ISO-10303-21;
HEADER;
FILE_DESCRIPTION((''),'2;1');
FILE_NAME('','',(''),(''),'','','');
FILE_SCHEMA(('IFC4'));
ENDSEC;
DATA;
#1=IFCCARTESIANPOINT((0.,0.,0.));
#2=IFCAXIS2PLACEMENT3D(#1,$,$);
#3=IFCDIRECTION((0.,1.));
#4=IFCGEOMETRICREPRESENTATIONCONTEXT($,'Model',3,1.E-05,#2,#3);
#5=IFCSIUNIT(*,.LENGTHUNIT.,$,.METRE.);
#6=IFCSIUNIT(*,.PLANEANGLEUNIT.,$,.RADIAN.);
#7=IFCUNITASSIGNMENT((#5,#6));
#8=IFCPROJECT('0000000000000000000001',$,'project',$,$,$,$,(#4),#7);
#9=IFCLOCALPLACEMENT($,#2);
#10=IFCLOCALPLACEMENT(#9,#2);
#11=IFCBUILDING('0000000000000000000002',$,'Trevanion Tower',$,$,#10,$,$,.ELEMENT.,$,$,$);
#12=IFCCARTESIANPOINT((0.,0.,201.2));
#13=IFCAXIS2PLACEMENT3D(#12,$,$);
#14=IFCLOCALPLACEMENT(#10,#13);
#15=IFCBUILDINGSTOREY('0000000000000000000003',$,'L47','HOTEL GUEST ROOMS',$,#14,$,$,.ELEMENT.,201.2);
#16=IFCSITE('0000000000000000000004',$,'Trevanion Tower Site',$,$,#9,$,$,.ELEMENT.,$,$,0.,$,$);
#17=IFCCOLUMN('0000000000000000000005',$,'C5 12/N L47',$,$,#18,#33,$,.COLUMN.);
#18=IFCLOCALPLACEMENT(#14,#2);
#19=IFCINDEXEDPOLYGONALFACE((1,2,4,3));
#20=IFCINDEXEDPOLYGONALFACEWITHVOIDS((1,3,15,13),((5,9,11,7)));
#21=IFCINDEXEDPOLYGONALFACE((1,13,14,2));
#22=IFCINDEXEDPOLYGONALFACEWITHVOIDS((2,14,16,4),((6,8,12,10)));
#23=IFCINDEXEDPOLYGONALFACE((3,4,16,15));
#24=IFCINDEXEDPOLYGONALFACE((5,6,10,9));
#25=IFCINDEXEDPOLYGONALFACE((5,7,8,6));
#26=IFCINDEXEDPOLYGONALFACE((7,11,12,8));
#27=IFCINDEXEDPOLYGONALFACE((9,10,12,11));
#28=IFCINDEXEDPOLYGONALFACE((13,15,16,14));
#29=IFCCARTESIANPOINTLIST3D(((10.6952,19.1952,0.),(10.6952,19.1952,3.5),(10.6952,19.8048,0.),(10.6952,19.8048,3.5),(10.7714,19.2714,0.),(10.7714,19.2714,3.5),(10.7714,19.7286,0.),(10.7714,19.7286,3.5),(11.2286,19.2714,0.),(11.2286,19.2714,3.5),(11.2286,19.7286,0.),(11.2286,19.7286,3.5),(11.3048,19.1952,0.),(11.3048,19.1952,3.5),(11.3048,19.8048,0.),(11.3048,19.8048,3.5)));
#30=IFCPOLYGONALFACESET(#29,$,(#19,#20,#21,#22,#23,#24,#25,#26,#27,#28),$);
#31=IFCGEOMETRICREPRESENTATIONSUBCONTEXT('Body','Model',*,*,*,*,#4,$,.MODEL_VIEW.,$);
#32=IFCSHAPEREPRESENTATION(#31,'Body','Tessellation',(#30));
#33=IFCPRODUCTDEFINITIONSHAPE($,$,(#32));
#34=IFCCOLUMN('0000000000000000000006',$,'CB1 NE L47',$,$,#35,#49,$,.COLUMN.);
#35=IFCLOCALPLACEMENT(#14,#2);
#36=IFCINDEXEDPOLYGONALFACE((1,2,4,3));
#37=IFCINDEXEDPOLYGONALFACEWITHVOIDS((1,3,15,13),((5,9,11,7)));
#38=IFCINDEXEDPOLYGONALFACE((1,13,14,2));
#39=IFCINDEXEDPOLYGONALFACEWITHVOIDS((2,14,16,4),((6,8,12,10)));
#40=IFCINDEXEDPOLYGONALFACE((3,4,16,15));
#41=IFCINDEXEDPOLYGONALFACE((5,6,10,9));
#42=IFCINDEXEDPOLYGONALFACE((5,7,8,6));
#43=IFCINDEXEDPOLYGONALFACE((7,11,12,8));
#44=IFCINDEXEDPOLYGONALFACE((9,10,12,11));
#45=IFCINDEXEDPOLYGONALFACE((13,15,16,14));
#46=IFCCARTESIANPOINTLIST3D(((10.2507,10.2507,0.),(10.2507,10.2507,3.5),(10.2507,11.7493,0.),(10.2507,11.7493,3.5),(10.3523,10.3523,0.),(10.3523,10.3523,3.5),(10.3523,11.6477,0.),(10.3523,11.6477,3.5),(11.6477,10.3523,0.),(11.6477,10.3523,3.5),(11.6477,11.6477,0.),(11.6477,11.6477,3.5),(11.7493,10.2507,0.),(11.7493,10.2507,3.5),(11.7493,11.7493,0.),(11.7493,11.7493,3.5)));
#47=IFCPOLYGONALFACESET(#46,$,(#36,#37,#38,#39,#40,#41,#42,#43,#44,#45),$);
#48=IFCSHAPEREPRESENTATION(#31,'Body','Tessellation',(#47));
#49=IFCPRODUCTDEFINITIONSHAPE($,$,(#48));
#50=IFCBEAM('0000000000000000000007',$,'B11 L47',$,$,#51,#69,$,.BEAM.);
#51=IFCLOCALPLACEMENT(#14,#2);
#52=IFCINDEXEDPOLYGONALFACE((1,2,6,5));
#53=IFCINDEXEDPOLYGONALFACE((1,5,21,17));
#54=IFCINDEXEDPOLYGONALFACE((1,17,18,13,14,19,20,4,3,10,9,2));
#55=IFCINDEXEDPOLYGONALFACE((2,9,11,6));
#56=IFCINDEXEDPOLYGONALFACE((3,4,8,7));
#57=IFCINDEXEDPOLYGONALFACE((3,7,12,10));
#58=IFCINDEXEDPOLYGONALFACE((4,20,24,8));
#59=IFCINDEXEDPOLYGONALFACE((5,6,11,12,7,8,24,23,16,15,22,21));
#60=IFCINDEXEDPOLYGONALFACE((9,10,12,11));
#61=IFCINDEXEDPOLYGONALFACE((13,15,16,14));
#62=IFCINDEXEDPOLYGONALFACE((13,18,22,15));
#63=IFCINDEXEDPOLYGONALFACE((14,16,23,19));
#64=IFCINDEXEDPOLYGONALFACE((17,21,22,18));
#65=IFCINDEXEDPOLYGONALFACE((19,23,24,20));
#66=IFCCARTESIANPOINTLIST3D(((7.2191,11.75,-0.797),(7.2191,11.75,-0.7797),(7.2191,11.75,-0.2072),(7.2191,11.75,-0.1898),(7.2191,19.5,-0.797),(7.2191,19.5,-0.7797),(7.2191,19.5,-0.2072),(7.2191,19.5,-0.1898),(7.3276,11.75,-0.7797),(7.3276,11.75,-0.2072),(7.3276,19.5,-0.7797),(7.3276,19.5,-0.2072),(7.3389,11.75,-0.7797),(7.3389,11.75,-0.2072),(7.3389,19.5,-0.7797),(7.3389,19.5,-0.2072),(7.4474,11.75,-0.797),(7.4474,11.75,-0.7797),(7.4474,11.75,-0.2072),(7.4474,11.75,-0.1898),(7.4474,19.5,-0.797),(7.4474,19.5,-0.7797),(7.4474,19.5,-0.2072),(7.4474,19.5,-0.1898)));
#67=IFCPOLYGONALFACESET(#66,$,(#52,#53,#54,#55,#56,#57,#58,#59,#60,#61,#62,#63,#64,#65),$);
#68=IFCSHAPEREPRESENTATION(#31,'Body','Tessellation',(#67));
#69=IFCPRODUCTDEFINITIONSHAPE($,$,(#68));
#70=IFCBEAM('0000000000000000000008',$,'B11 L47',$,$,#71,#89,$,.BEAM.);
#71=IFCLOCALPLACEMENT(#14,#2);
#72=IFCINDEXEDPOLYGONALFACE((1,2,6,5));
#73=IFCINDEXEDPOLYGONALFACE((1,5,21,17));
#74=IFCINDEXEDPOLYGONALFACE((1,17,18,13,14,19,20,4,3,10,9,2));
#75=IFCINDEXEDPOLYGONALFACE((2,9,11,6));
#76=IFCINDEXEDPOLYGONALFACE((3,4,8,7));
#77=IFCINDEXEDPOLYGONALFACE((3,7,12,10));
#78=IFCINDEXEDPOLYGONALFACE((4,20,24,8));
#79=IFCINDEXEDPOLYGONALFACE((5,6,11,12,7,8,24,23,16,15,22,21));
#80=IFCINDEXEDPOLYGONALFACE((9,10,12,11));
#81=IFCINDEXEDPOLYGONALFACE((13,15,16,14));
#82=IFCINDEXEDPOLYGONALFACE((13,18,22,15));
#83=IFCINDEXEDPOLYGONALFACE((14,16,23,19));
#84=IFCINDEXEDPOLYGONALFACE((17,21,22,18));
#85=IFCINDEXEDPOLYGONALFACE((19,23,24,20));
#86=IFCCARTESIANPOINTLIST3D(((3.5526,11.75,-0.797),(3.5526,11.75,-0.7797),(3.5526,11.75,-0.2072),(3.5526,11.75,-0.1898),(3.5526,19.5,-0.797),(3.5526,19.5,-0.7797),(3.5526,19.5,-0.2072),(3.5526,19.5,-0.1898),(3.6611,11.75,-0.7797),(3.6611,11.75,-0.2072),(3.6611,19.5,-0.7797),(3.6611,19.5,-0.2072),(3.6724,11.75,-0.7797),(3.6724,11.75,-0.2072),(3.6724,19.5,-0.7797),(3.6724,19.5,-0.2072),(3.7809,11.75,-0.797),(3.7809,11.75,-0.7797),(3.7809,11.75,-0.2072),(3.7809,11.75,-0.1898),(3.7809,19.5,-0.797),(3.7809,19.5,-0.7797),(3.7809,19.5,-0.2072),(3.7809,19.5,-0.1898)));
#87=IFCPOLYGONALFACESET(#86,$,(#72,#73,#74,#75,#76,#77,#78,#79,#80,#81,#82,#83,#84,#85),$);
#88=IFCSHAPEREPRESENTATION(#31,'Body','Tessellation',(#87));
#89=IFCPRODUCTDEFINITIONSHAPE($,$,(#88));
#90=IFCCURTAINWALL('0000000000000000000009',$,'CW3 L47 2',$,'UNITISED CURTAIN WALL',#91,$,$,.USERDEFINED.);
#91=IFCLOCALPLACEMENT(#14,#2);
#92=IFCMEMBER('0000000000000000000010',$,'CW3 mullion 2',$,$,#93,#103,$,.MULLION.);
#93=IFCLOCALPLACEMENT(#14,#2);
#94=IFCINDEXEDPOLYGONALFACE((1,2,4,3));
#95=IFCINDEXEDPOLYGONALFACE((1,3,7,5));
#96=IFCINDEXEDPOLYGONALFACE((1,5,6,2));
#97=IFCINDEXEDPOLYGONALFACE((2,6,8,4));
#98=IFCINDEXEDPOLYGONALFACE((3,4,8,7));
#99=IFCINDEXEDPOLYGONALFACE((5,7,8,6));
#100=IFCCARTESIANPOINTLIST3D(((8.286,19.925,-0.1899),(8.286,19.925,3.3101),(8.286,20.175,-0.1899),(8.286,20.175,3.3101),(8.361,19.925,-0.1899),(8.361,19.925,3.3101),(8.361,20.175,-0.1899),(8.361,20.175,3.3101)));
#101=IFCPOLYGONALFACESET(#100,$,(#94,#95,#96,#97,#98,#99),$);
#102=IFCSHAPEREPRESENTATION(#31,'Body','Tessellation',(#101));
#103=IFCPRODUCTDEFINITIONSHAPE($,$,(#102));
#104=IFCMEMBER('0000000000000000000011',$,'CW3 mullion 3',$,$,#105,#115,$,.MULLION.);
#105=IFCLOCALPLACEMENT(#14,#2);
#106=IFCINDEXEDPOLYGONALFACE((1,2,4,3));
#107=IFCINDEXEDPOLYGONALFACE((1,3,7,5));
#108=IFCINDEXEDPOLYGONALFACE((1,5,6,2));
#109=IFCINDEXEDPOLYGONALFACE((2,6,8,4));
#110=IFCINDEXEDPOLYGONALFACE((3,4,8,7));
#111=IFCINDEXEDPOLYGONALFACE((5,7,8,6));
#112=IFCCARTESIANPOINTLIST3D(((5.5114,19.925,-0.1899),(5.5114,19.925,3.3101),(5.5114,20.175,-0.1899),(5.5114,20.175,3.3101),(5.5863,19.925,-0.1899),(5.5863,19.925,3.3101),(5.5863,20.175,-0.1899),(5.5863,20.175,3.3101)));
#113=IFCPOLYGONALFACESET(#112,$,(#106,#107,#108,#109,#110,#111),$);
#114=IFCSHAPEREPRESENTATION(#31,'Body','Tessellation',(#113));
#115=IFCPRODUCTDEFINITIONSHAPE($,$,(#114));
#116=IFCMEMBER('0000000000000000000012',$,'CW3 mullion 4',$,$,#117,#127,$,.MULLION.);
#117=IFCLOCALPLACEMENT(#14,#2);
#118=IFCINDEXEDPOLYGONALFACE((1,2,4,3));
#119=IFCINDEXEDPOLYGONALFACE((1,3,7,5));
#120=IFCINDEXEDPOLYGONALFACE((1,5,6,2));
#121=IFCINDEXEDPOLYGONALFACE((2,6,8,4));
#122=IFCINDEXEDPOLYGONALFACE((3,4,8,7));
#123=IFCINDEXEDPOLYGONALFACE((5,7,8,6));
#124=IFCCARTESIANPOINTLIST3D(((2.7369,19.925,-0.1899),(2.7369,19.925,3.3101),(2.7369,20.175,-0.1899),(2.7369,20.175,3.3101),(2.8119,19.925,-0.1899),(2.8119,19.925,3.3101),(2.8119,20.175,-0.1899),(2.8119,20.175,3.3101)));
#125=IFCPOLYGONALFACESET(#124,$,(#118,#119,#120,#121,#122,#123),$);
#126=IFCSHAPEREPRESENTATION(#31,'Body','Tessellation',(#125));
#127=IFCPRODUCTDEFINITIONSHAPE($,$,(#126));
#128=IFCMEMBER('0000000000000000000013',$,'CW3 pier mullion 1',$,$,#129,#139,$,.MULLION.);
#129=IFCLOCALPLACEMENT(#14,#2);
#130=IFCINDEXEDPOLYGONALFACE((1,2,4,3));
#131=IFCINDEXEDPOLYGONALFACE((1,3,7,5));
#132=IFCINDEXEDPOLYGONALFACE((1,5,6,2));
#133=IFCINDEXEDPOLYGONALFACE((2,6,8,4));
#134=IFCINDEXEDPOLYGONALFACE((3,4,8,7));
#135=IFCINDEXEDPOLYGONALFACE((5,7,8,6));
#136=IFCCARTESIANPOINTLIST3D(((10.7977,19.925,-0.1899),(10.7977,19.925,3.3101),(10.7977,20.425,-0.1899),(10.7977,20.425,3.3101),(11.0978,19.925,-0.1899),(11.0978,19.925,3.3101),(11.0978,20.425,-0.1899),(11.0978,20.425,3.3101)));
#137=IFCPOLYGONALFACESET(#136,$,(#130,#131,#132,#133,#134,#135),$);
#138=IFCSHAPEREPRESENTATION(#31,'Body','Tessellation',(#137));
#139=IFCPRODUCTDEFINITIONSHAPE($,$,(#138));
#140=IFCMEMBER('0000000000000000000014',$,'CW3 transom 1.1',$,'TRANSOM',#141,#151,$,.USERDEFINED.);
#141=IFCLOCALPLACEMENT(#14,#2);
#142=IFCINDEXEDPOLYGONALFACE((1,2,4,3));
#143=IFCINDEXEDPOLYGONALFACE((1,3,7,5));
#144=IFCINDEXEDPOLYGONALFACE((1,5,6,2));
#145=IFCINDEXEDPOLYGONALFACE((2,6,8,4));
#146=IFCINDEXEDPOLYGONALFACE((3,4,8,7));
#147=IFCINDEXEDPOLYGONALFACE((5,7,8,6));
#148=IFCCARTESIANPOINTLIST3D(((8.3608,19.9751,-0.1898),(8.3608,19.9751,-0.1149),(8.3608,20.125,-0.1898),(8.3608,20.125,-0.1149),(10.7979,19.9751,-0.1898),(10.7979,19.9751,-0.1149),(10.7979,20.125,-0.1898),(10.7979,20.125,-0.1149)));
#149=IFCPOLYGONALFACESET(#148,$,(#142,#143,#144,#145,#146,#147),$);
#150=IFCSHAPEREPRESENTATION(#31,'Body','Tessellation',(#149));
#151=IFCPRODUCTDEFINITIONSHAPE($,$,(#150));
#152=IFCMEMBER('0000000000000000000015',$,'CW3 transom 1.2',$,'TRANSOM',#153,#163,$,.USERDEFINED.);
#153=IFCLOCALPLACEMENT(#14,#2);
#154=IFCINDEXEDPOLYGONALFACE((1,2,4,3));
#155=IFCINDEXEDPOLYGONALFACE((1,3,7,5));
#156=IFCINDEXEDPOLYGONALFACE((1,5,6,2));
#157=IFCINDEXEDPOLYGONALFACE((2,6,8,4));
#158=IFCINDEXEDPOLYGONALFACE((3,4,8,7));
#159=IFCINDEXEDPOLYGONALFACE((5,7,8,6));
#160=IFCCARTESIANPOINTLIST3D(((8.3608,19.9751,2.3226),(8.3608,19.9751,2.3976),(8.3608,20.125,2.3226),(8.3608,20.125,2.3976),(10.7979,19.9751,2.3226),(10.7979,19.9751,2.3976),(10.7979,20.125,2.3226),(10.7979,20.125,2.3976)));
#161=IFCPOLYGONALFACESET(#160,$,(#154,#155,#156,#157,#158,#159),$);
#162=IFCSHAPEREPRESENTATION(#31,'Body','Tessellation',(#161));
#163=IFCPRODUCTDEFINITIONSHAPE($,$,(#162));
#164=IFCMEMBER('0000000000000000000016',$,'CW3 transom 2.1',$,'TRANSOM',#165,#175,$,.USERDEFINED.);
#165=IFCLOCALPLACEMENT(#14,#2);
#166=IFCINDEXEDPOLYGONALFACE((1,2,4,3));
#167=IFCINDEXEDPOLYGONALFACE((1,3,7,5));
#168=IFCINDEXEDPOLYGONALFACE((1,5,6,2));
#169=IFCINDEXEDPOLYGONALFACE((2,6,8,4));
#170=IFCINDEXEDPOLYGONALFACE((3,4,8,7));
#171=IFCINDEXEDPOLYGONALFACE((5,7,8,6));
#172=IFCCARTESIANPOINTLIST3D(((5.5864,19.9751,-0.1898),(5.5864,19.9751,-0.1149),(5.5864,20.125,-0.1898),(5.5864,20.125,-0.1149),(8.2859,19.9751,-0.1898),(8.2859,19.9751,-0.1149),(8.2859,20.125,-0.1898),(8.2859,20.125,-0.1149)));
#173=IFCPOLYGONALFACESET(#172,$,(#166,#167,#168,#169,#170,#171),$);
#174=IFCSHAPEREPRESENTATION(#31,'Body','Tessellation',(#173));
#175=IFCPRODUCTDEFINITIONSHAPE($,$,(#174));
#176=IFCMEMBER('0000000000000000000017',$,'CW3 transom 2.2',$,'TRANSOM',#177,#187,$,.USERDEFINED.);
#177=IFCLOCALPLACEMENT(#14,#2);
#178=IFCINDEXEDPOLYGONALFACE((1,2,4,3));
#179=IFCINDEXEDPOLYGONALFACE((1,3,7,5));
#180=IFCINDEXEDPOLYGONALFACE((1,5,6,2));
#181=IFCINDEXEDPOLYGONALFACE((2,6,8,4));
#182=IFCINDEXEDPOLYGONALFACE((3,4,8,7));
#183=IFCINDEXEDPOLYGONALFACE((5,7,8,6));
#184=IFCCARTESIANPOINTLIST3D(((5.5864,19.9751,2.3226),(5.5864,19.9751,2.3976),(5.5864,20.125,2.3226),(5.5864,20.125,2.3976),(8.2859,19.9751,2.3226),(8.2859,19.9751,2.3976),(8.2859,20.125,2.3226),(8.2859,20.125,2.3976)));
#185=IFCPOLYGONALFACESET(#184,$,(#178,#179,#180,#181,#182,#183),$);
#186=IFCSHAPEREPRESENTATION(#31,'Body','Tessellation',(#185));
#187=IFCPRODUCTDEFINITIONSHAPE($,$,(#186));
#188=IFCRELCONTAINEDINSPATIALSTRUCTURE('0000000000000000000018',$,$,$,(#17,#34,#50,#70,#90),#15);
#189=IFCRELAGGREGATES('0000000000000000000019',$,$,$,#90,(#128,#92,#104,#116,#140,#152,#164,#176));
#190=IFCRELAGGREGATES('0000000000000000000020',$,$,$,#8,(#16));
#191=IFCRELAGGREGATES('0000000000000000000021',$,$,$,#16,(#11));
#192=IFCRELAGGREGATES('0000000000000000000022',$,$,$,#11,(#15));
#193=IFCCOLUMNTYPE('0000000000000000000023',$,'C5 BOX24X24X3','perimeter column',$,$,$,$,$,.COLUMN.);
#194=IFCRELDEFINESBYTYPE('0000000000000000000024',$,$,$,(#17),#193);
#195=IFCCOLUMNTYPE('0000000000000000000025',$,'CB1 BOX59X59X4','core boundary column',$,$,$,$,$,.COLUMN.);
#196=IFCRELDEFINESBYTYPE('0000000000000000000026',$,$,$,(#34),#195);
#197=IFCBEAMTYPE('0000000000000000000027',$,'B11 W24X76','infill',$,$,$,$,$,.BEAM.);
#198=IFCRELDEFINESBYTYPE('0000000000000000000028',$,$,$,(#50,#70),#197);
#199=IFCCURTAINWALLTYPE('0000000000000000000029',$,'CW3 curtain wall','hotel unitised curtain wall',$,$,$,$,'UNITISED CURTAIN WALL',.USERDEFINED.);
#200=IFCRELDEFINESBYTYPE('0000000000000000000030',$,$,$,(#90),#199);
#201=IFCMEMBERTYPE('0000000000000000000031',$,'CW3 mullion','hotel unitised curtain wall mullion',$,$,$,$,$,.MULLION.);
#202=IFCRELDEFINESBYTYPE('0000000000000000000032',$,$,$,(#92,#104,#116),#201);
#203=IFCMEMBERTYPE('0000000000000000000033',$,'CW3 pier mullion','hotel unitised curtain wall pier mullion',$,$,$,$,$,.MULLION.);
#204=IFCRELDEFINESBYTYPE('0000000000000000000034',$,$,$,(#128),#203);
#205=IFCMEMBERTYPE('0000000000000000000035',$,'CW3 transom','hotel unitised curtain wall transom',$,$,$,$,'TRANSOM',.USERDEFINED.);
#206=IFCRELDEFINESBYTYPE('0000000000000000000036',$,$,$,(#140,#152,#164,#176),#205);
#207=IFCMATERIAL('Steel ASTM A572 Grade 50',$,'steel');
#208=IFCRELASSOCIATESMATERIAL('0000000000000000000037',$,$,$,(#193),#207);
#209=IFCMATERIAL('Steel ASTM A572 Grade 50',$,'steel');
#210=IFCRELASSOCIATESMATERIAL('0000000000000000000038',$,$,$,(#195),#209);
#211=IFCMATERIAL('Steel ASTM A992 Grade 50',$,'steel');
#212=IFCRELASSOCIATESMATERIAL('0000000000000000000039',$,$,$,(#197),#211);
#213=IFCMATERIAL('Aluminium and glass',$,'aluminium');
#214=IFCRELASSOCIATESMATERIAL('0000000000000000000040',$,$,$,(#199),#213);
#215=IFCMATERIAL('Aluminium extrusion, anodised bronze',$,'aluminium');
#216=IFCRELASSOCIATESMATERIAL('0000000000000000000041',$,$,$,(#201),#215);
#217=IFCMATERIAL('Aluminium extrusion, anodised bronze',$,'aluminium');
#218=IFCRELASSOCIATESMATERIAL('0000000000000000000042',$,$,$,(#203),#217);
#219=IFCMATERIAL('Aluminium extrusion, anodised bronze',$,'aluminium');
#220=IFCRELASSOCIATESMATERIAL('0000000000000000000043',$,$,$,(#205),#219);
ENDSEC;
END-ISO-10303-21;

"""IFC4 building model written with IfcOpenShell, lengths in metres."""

from ifc_helpers import new_model, si_unit, direction, frame, origin, origin_2d, place, context, subcontext, project, spatial, rectangle, hollow_rectangle, i_section, extrude, material, material_profile, profile_set, type_object, element, aggregate, save


model = new_model("IFC4")

# Units and contexts
model_context = context("Model", 3, precision=1e-05, world=origin(), true_north=direction((0.0, 1.0)))
body_context = subcontext(model_context, "Body", "Model", "MODEL_VIEW")
ifc_project = project(units=[si_unit("LENGTHUNIT", "METRE"), si_unit("PLANEANGLEUNIT", "RADIAN")], contexts=[model_context])

# Site, building, storey
site_placement = place(None, origin())
site = spatial("IfcSite", under=ifc_project, at=site_placement, Name="Trevanion Tower Site", CompositionType="ELEMENT", RefElevation=0.0)
building_placement = place(site_placement, origin())
building = spatial("IfcBuilding", under=site, at=building_placement, Name="Trevanion Tower", CompositionType="ELEMENT")
storey_placement = place(building_placement, frame((0.0, 0.0, 201.2)))
storey = spatial("IfcBuildingStorey", under=building, at=storey_placement, Name="L47", Description="HOTEL GUEST ROOMS", CompositionType="ELEMENT", Elevation=201.2)

# Columns
ifc_material_1 = material(Name="Steel ASTM A572 Grade 50", Category="steel")
ifc_material_profile_1 = material_profile(ifc_material_1, hollow_rectangle(XDim=0.6096, YDim=0.6096, WallThickness=0.0762, at=origin_2d()), Name="BOX24X24X3")
ifc_profile_set_1 = profile_set([ifc_material_profile_1], Name="Steel ASTM A572 Grade 50")
column_type_1 = type_object("IfcColumnType", Name="C5 BOX24X24X3", Description="perimeter column", PredefinedType="COLUMN", material=ifc_profile_set_1)
column_1_placement = place(storey_placement, frame((11.0, 19.5, 0.0), z_axis=(0.0, 0.0, 1.0), x_axis=(1.0, 0.0, 0.0)))
element("IfcColumn", 1, at=column_1_placement, inside=storey, type_object=column_type_1, Name="C5 12/N L47", PredefinedType="COLUMN", context=body_context, shape_type="SweptSolid", body=[
    extrude(hollow_rectangle(XDim=0.6096, YDim=0.6096, WallThickness=0.0762, at=origin_2d()), origin(), (0.0, 0.0, 1.0), 3.5),
])
ifc_material_2 = material(Name="Steel ASTM A572 Grade 50", Category="steel")
ifc_material_profile_2 = material_profile(ifc_material_2, hollow_rectangle(XDim=1.4985, YDim=1.4985, WallThickness=0.1016, at=origin_2d()), Name="BOX59X59X4")
ifc_profile_set_2 = profile_set([ifc_material_profile_2], Name="Steel ASTM A572 Grade 50")
column_type_2 = type_object("IfcColumnType", Name="CB1 BOX59X59X4", Description="core boundary column", PredefinedType="COLUMN", material=ifc_profile_set_2)
column_2_placement = place(storey_placement, frame((11.0, 11.0, 0.0), z_axis=(0.0, 0.0, 1.0), x_axis=(1.0, 0.0, 0.0)))
element("IfcColumn", 2, at=column_2_placement, inside=storey, type_object=column_type_2, Name="CB1 NE L47", PredefinedType="COLUMN", context=body_context, shape_type="SweptSolid", body=[
    extrude(hollow_rectangle(XDim=1.4985, YDim=1.4985, WallThickness=0.1016, at=origin_2d()), origin(), (0.0, 0.0, 1.0), 3.5),
])

# Beams
ifc_material_3 = material(Name="Steel ASTM A992 Grade 50", Category="steel")
ifc_material_profile_3 = material_profile(ifc_material_3, i_section(OverallWidth=0.2283, OverallDepth=0.6072, WebThickness=0.0112, FlangeThickness=0.0173, at=origin_2d()), Name="W24X76")
ifc_profile_set_3 = profile_set([ifc_material_profile_3], Name="Steel ASTM A992 Grade 50")
beam_type_1 = type_object("IfcBeamType", Name="B11 W24X76", Description="infill", PredefinedType="BEAM", material=ifc_profile_set_3)
for number, where, z_axis, x_axis, name in (
    (3, (7.3333, 11.75, -0.4934), (0.0, 1.0, 0.0), (-1.0, 0.0, 0.0), "B11 L47"),
    (4, (3.6667, 11.75, -0.4934), (0.0, 1.0, 0.0), (-1.0, 0.0, 0.0), "B11 L47"),
):
    element("IfcBeam", number, at=place(storey_placement, frame(where, z_axis=z_axis, x_axis=x_axis)), inside=storey, type_object=beam_type_1, Name=name, PredefinedType="BEAM", context=body_context, shape_type="SweptSolid", body=[
        extrude(i_section(OverallWidth=0.2283, OverallDepth=0.6072, WebThickness=0.0112, FlangeThickness=0.0173, at=origin_2d()), origin(), (0.0, 0.0, 1.0), 7.75),
    ])

# Curtain wall, members
ifc_material_4 = material(Name="Aluminium and glass", Category="aluminium")
curtain_wall_type = type_object("IfcCurtainWallType", Name="CW3 curtain wall", Description="hotel unitised curtain wall", ElementType="UNITISED CURTAIN WALL", PredefinedType="USERDEFINED", material=ifc_material_4)
curtain_wall_placement = place(storey_placement, origin())
curtain_wall = element("IfcCurtainWall", 5, at=curtain_wall_placement, inside=storey, type_object=curtain_wall_type, Name="CW3 L47 2", ObjectType="UNITISED CURTAIN WALL", PredefinedType="USERDEFINED")
ifc_material_5 = material(Name="Aluminium extrusion, anodised bronze", Category="aluminium")
ifc_material_profile_4 = material_profile(ifc_material_5, rectangle(XDim=0.075, YDim=0.25, at=origin_2d()), Name="CW3 mullion")
ifc_profile_set_4 = profile_set([ifc_material_profile_4], Name="Aluminium extrusion, anodised bronze")
member_type_1 = type_object("IfcMemberType", Name="CW3 mullion", Description="hotel unitised curtain wall mullion", PredefinedType="MULLION", material=ifc_profile_set_4)
member_1_placement = place(storey_placement, frame((8.3235, 20.05, -0.1899), z_axis=(0.0, 0.0, 1.0), x_axis=(-1.0, 0.0, 0.0)))
member_1 = element("IfcMember", 6, at=member_1_placement, type_object=member_type_1, Name="CW3 mullion 2", PredefinedType="MULLION", context=body_context, shape_type="SweptSolid", body=[
    extrude(rectangle(XDim=0.075, YDim=0.25, at=origin_2d()), origin(), (0.0, 0.0, 1.0), 3.5),
])
member_2_placement = place(storey_placement, frame((5.5488, 20.05, -0.1899), z_axis=(0.0, 0.0, 1.0), x_axis=(-1.0, 0.0, 0.0)))
member_2 = element("IfcMember", 7, at=member_2_placement, type_object=member_type_1, Name="CW3 mullion 3", PredefinedType="MULLION", context=body_context, shape_type="SweptSolid", body=[
    extrude(rectangle(XDim=0.075, YDim=0.25, at=origin_2d()), origin(), (0.0, 0.0, 1.0), 3.5),
])
member_3_placement = place(storey_placement, frame((2.7744, 20.05, -0.1899), z_axis=(0.0, 0.0, 1.0), x_axis=(-1.0, 0.0, 0.0)))
member_3 = element("IfcMember", 8, at=member_3_placement, type_object=member_type_1, Name="CW3 mullion 4", PredefinedType="MULLION", context=body_context, shape_type="SweptSolid", body=[
    extrude(rectangle(XDim=0.075, YDim=0.25, at=origin_2d()), origin(), (0.0, 0.0, 1.0), 3.5),
])
ifc_material_6 = material(Name="Aluminium extrusion, anodised bronze", Category="aluminium")
ifc_material_profile_5 = material_profile(ifc_material_6, rectangle(XDim=0.3, YDim=0.5, at=origin_2d()), Name="CW3 pier mullion")
ifc_profile_set_5 = profile_set([ifc_material_profile_5], Name="Aluminium extrusion, anodised bronze")
member_type_2 = type_object("IfcMemberType", Name="CW3 pier mullion", Description="hotel unitised curtain wall pier mullion", PredefinedType="MULLION", material=ifc_profile_set_5)
member_4_placement = place(storey_placement, frame((10.9478, 20.175, -0.1899), z_axis=(0.0, 0.0, 1.0), x_axis=(-1.0, 0.0, 0.0)))
member_4 = element("IfcMember", 9, at=member_4_placement, type_object=member_type_2, Name="CW3 pier mullion 1", PredefinedType="MULLION", context=body_context, shape_type="SweptSolid", body=[
    extrude(rectangle(XDim=0.3, YDim=0.5, at=origin_2d()), origin(), (0.0, 0.0, 1.0), 3.5),
])
ifc_material_7 = material(Name="Aluminium extrusion, anodised bronze", Category="aluminium")
ifc_material_profile_6 = material_profile(ifc_material_7, rectangle(XDim=0.1499, YDim=0.075, at=origin_2d()), Name="CW3 transom")
ifc_profile_set_6 = profile_set([ifc_material_profile_6], Name="Aluminium extrusion, anodised bronze")
member_type_3 = type_object("IfcMemberType", Name="CW3 transom", Description="hotel unitised curtain wall transom", ElementType="TRANSOM", PredefinedType="USERDEFINED", material=ifc_profile_set_6)
member_5_placement = place(storey_placement, frame((10.7979, 20.05, -0.1523), z_axis=(-1.0, 0.0, 0.0), x_axis=(0.0, -1.0, 0.0)))
member_5 = element("IfcMember", 10, at=member_5_placement, type_object=member_type_3, Name="CW3 transom 1.1", ObjectType="TRANSOM", PredefinedType="USERDEFINED", context=body_context, shape_type="SweptSolid", body=[
    extrude(rectangle(XDim=0.1499, YDim=0.075, at=origin_2d()), origin(), (0.0, 0.0, 1.0), 2.437),
])
member_6_placement = place(storey_placement, frame((10.7979, 20.05, 2.3601), z_axis=(-1.0, 0.0, 0.0), x_axis=(0.0, -1.0, 0.0)))
member_6 = element("IfcMember", 11, at=member_6_placement, type_object=member_type_3, Name="CW3 transom 1.2", ObjectType="TRANSOM", PredefinedType="USERDEFINED", context=body_context, shape_type="SweptSolid", body=[
    extrude(rectangle(XDim=0.1499, YDim=0.075, at=origin_2d()), origin(), (0.0, 0.0, 1.0), 2.437),
])
member_7_placement = place(storey_placement, frame((8.2859, 20.05, -0.1523), z_axis=(-1.0, 0.0, 0.0), x_axis=(0.0, -1.0, 0.0)))
member_7 = element("IfcMember", 12, at=member_7_placement, type_object=member_type_3, Name="CW3 transom 2.1", ObjectType="TRANSOM", PredefinedType="USERDEFINED", context=body_context, shape_type="SweptSolid", body=[
    extrude(rectangle(XDim=0.1499, YDim=0.075, at=origin_2d()), origin(), (0.0, 0.0, 1.0), 2.6995),
])
member_8_placement = place(storey_placement, frame((8.2859, 20.05, 2.3601), z_axis=(-1.0, 0.0, 0.0), x_axis=(0.0, -1.0, 0.0)))
member_8 = element("IfcMember", 13, at=member_8_placement, type_object=member_type_3, Name="CW3 transom 2.2", ObjectType="TRANSOM", PredefinedType="USERDEFINED", context=body_context, shape_type="SweptSolid", body=[
    extrude(rectangle(XDim=0.1499, YDim=0.075, at=origin_2d()), origin(), (0.0, 0.0, 1.0), 2.6995),
])

aggregate(curtain_wall, [member_4, member_1, member_2, member_3, member_5, member_6, member_7, member_8])

save(model, "model.ifc")
